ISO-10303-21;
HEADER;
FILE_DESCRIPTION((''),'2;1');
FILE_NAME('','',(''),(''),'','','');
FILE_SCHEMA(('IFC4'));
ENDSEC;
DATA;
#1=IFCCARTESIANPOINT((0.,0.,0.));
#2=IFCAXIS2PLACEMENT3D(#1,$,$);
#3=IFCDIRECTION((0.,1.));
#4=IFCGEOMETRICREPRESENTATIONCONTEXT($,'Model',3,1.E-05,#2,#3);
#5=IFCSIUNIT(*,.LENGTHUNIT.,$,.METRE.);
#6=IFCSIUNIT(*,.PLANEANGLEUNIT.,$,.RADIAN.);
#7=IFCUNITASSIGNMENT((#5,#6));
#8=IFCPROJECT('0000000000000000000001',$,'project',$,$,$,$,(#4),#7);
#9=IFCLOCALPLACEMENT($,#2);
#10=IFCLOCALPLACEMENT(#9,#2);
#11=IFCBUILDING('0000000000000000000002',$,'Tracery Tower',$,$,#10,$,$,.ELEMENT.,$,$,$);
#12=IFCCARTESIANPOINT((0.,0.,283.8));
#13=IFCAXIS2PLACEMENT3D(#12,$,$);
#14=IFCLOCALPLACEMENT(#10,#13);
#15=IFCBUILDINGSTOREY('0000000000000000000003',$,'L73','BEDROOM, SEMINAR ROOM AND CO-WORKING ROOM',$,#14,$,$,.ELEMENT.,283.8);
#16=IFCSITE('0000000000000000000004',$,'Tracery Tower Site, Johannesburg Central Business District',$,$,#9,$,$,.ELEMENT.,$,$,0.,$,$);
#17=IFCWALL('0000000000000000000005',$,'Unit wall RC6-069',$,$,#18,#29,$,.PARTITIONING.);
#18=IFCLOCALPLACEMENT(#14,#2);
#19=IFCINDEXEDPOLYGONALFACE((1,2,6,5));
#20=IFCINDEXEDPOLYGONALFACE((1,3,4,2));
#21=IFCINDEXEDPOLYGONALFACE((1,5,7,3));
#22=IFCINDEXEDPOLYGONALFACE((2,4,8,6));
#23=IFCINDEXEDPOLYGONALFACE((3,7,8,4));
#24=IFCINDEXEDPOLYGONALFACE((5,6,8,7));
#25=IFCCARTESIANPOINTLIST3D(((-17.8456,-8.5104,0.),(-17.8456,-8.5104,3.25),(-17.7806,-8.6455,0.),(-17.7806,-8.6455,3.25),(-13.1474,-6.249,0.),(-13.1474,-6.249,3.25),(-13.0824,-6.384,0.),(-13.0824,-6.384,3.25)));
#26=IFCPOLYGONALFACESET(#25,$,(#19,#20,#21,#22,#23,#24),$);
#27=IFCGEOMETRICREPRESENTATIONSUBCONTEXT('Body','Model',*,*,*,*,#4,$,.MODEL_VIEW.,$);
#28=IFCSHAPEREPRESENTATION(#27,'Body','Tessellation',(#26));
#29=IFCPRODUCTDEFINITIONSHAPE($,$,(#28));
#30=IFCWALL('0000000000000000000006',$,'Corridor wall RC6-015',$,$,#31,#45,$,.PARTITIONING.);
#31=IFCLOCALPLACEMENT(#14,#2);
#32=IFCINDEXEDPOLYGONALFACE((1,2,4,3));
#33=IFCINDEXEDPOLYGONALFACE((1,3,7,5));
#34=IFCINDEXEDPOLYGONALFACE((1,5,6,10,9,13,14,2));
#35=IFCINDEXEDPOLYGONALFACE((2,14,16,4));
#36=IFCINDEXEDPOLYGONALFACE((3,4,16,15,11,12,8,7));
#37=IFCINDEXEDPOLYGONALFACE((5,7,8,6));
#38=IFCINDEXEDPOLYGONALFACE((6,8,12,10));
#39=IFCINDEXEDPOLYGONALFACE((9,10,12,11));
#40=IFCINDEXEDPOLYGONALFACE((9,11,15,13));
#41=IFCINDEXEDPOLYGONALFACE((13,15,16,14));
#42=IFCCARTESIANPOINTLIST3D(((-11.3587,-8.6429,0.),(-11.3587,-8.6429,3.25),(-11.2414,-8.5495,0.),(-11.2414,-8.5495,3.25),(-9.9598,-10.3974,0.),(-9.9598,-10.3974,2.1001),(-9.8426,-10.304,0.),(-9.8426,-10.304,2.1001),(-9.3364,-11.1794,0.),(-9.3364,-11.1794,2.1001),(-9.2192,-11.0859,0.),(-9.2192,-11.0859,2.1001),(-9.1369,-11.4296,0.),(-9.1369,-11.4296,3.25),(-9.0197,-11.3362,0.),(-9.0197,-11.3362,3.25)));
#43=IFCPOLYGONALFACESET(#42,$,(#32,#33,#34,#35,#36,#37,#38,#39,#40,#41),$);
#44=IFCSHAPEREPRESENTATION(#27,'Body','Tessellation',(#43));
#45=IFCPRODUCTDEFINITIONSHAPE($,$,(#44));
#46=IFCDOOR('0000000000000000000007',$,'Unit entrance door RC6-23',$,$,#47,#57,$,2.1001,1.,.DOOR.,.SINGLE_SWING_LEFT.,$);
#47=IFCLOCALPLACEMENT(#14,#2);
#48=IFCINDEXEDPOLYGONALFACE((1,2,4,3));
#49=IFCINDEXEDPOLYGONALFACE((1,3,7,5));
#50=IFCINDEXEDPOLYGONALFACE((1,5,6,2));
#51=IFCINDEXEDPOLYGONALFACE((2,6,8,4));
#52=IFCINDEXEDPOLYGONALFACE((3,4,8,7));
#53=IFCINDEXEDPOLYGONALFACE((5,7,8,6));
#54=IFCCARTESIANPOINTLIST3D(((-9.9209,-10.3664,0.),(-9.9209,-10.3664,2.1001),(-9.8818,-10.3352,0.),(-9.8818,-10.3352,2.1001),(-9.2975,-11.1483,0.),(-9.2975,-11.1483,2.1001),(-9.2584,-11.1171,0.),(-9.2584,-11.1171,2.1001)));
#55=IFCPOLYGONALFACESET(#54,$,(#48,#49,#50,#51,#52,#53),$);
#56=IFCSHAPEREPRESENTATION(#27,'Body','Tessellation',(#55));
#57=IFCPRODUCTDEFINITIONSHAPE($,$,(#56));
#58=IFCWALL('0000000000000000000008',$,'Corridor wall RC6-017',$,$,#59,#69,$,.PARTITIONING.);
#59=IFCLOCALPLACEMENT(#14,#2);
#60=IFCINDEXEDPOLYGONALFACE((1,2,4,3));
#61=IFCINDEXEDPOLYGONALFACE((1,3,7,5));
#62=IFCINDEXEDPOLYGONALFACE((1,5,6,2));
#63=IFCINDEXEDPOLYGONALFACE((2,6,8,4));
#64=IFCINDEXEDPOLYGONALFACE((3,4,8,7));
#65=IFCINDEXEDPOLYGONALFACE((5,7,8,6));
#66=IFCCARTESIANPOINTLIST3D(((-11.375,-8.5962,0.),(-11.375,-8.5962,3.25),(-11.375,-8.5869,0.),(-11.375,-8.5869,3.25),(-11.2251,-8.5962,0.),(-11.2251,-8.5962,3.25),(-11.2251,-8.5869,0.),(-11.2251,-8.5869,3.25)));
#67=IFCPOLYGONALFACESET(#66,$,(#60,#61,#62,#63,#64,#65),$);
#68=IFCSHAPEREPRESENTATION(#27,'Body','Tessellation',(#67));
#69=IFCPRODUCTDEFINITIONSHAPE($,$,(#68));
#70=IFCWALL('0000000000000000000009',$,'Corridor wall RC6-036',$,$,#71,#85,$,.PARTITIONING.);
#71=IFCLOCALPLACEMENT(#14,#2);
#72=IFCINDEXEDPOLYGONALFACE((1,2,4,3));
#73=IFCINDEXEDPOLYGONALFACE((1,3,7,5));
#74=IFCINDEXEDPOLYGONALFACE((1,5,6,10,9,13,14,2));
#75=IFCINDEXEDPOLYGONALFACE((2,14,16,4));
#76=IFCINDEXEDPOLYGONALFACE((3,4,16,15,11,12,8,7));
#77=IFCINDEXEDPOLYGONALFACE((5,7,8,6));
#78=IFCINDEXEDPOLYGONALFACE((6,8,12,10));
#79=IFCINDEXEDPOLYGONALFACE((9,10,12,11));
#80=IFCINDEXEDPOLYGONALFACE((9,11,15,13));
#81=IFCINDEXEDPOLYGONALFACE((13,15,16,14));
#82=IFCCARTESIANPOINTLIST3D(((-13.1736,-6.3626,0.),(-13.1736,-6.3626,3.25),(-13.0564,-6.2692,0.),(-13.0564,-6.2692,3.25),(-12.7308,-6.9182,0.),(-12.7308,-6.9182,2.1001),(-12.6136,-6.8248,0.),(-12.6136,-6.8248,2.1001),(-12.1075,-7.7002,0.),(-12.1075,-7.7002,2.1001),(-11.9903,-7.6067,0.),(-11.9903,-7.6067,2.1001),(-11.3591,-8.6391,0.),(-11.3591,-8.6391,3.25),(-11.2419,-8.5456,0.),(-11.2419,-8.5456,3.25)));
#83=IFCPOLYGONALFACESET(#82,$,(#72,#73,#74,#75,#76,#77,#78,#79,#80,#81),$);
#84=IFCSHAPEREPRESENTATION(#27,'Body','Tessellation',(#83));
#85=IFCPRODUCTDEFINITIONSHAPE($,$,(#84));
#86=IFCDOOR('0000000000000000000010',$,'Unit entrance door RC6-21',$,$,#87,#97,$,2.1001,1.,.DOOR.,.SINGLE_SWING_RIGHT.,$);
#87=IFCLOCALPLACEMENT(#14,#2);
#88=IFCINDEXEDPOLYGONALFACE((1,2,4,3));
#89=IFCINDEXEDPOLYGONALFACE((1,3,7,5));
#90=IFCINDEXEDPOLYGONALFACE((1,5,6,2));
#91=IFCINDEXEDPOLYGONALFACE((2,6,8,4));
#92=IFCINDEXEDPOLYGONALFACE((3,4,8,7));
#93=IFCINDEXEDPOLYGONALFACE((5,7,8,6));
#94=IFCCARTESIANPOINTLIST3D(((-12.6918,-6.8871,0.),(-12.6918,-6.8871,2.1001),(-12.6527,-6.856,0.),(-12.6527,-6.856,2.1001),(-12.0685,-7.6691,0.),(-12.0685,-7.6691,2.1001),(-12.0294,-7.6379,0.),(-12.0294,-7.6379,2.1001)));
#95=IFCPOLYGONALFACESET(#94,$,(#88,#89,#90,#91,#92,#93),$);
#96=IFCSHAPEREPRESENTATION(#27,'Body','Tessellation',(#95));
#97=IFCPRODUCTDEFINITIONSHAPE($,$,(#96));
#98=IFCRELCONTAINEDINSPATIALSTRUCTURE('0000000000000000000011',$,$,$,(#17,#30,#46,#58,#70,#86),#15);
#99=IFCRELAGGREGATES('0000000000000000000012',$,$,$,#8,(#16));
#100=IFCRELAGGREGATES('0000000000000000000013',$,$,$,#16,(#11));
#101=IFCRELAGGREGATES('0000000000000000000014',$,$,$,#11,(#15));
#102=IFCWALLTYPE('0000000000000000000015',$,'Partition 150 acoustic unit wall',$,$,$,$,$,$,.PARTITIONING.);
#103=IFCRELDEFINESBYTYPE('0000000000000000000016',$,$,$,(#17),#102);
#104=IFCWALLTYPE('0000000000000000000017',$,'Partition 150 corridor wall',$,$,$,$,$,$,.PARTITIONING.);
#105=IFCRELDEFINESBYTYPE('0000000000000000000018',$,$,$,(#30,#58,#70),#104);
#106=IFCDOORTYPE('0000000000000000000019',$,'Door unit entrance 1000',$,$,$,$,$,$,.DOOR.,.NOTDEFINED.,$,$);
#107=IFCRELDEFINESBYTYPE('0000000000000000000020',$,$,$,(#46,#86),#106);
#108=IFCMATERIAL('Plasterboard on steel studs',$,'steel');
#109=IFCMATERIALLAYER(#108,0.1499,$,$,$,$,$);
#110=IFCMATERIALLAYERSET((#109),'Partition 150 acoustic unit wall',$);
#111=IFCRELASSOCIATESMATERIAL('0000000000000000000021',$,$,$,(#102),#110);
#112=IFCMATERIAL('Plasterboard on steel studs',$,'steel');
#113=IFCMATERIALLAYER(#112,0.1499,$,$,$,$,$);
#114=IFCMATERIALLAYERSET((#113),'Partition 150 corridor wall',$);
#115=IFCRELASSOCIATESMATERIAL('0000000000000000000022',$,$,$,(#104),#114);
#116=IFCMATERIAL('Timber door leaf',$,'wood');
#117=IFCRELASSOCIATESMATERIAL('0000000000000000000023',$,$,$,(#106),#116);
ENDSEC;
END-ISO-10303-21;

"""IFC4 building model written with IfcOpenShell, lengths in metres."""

from ifc_helpers import new_model, si_unit, direction, frame, frame_2d, origin, place, context, subcontext, project, spatial, rectangle, extrude, material, layer, layer_set, type_object, element, fill, save


model = new_model("IFC4")

# Units and contexts
model_context = context("Model", 3, precision=1e-05, world=origin(), true_north=direction((0.0, 1.0)))
body_context = subcontext(model_context, "Body", "Model", "MODEL_VIEW")
ifc_project = project(units=[si_unit("LENGTHUNIT", "METRE"), si_unit("PLANEANGLEUNIT", "RADIAN")], contexts=[model_context])

# Site, building, storey
site_placement = place(None, origin())
site = spatial("IfcSite", under=ifc_project, at=site_placement, Name="Tracery Tower Site, Johannesburg Central Business District", CompositionType="ELEMENT", RefElevation=0.0)
building_placement = place(site_placement, origin())
building = spatial("IfcBuilding", under=site, at=building_placement, Name="Tracery Tower", CompositionType="ELEMENT")
storey_placement = place(building_placement, frame((0.0, 0.0, 283.8)))
storey = spatial("IfcBuildingStorey", under=building, at=storey_placement, Name="L73", Description="BEDROOM, SEMINAR ROOM AND CO-WORKING ROOM", CompositionType="ELEMENT", Elevation=283.8)

# Wall
ifc_material_1 = material(Name="Plasterboard on steel studs", Category="steel")
ifc_layer_1 = layer(ifc_material_1, 0.1499)
ifc_layer_set_1 = layer_set([ifc_layer_1], Name="Partition 150 acoustic unit wall")
wall_type_1 = type_object("IfcWallType", Name="Partition 150 acoustic unit wall", PredefinedType="PARTITIONING", material=ifc_layer_set_1)
wall_1_placement = place(storey_placement, frame((-17.813, -8.5779, 0.0), z_axis=(0.0, 0.0, 1.0), x_axis=(0.90105, 0.433716, 0.0)))
element("IfcWall", 1, at=wall_1_placement, inside=storey, type_object=wall_type_1, Name="Unit wall RC6-069", PredefinedType="PARTITIONING", context=body_context, shape_type="SweptSolid", body=[
    extrude(rectangle(XDim=5.2141, YDim=0.1499, at=frame_2d((2.6069, 0.0))), origin(), (0.0, 0.0, 1.0), 3.25),
])

# Wall, opening, door
ifc_material_2 = material(Name="Plasterboard on steel studs", Category="steel")
ifc_layer_2 = layer(ifc_material_2, 0.1499)
ifc_layer_set_2 = layer_set([ifc_layer_2], Name="Partition 150 corridor wall")
wall_type_2 = type_object("IfcWallType", Name="Partition 150 corridor wall", PredefinedType="PARTITIONING", material=ifc_layer_set_2)
wall_2_placement = place(storey_placement, frame((-11.3, -8.5962, 0.0), z_axis=(0.0, 0.0, 1.0), x_axis=(0.623391, -0.78191, 0.0)))
wall_2 = element("IfcWall", 2, at=wall_2_placement, inside=storey, type_object=wall_type_2, Name="Corridor wall RC6-015", PredefinedType="PARTITIONING", context=body_context, shape_type="SweptSolid", body=[
    extrude(rectangle(XDim=3.564, YDim=0.1499, at=frame_2d((1.782, 0.0))), origin(), (0.0, 0.0, 1.0), 3.25),
])
opening_1_placement = place(wall_2_placement, frame((2.2439, 0.0, 0.0)))
opening_1 = element("IfcOpeningElement", 3, at=opening_1_placement, cuts=wall_2, PredefinedType="OPENING", context=body_context, shape_type="SweptSolid", body=[
    extrude(rectangle(XDim=1.0, YDim=2.1001, at=frame_2d((0.5, 1.05))), frame((0.0, 0.075, 0.0), z_axis=(0.0, -1.0, 0.0), x_axis=(1.0, 0.0, 0.0)), (0.0, 0.0, 1.0), 0.1499),
])
ifc_material_3 = material(Name="Timber door leaf", Category="wood")
door_type_1 = type_object("IfcDoorType", Name="Door unit entrance 1000", OperationType="NOTDEFINED", PredefinedType="DOOR", material=ifc_material_3)
door_1_placement = place(opening_1_placement, origin())
door_1 = element("IfcDoor", 4, at=door_1_placement, inside=storey, type_object=door_type_1, Name="Unit entrance door RC6-23", OperationType="SINGLE_SWING_LEFT", OverallHeight=2.1001, OverallWidth=1.0, PredefinedType="DOOR", context=body_context, shape_type="SweptSolid", body=[
    extrude(rectangle(XDim=1.0, YDim=2.1001, at=frame_2d((0.5, 1.05))), frame((0.0, 0.0249, 0.0), z_axis=(0.0, -1.0, 0.0), x_axis=(1.0, 0.0, 0.0)), (0.0, 0.0, 1.0), 0.05),
])
fill(opening_1, door_1)

# Wall
wall_3_placement = place(storey_placement, frame((-11.3, -8.5962, 0.0), z_axis=(0.0, 0.0, 1.0), x_axis=(0.0, 1.0, 0.0)))
element("IfcWall", 5, at=wall_3_placement, inside=storey, type_object=wall_type_2, Name="Corridor wall RC6-017", PredefinedType="PARTITIONING", context=body_context, shape_type="SweptSolid", body=[
    extrude(rectangle(XDim=0.0093, YDim=0.1499, at=frame_2d((0.0046, 0.0))), origin(), (0.0, 0.0, 1.0), 3.25),
])

# Wall, opening, door
wall_4_placement = place(storey_placement, frame((-13.115, -6.3159, 0.0), z_axis=(0.0, 0.0, 1.0), x_axis=(0.623303, -0.78198, 0.0)))
wall_4 = element("IfcWall", 6, at=wall_4_placement, inside=storey, type_object=wall_type_2, Name="Corridor wall RC6-036", PredefinedType="PARTITIONING", context=body_context, shape_type="SweptSolid", body=[
    extrude(rectangle(XDim=2.9111, YDim=0.1499, at=frame_2d((1.4556, 0.0))), origin(), (0.0, 0.0, 1.0), 3.25),
])
opening_2_placement = place(wall_4_placement, frame((0.7104, 0.0, 0.0)))
opening_2 = element("IfcOpeningElement", 7, at=opening_2_placement, cuts=wall_4, PredefinedType="OPENING", context=body_context, shape_type="SweptSolid", body=[
    extrude(rectangle(XDim=1.0, YDim=2.1001, at=frame_2d((0.5, 1.05))), frame((0.0, 0.075, 0.0), z_axis=(0.0, -1.0, 0.0), x_axis=(1.0, 0.0, 0.0)), (0.0, 0.0, 1.0), 0.1499),
])
door_2_placement = place(opening_2_placement, origin())
door_2 = element("IfcDoor", 8, at=door_2_placement, inside=storey, type_object=door_type_1, Name="Unit entrance door RC6-21", OperationType="SINGLE_SWING_RIGHT", OverallHeight=2.1001, OverallWidth=1.0, PredefinedType="DOOR", context=body_context, shape_type="SweptSolid", body=[
    extrude(rectangle(XDim=1.0, YDim=2.1001, at=frame_2d((0.5, 1.05))), frame((0.0, 0.0249, 0.0), z_axis=(0.0, -1.0, 0.0), x_axis=(1.0, 0.0, 0.0)), (0.0, 0.0, 1.0), 0.05),
])
fill(opening_2, door_2)

save(model, "model.ifc")
